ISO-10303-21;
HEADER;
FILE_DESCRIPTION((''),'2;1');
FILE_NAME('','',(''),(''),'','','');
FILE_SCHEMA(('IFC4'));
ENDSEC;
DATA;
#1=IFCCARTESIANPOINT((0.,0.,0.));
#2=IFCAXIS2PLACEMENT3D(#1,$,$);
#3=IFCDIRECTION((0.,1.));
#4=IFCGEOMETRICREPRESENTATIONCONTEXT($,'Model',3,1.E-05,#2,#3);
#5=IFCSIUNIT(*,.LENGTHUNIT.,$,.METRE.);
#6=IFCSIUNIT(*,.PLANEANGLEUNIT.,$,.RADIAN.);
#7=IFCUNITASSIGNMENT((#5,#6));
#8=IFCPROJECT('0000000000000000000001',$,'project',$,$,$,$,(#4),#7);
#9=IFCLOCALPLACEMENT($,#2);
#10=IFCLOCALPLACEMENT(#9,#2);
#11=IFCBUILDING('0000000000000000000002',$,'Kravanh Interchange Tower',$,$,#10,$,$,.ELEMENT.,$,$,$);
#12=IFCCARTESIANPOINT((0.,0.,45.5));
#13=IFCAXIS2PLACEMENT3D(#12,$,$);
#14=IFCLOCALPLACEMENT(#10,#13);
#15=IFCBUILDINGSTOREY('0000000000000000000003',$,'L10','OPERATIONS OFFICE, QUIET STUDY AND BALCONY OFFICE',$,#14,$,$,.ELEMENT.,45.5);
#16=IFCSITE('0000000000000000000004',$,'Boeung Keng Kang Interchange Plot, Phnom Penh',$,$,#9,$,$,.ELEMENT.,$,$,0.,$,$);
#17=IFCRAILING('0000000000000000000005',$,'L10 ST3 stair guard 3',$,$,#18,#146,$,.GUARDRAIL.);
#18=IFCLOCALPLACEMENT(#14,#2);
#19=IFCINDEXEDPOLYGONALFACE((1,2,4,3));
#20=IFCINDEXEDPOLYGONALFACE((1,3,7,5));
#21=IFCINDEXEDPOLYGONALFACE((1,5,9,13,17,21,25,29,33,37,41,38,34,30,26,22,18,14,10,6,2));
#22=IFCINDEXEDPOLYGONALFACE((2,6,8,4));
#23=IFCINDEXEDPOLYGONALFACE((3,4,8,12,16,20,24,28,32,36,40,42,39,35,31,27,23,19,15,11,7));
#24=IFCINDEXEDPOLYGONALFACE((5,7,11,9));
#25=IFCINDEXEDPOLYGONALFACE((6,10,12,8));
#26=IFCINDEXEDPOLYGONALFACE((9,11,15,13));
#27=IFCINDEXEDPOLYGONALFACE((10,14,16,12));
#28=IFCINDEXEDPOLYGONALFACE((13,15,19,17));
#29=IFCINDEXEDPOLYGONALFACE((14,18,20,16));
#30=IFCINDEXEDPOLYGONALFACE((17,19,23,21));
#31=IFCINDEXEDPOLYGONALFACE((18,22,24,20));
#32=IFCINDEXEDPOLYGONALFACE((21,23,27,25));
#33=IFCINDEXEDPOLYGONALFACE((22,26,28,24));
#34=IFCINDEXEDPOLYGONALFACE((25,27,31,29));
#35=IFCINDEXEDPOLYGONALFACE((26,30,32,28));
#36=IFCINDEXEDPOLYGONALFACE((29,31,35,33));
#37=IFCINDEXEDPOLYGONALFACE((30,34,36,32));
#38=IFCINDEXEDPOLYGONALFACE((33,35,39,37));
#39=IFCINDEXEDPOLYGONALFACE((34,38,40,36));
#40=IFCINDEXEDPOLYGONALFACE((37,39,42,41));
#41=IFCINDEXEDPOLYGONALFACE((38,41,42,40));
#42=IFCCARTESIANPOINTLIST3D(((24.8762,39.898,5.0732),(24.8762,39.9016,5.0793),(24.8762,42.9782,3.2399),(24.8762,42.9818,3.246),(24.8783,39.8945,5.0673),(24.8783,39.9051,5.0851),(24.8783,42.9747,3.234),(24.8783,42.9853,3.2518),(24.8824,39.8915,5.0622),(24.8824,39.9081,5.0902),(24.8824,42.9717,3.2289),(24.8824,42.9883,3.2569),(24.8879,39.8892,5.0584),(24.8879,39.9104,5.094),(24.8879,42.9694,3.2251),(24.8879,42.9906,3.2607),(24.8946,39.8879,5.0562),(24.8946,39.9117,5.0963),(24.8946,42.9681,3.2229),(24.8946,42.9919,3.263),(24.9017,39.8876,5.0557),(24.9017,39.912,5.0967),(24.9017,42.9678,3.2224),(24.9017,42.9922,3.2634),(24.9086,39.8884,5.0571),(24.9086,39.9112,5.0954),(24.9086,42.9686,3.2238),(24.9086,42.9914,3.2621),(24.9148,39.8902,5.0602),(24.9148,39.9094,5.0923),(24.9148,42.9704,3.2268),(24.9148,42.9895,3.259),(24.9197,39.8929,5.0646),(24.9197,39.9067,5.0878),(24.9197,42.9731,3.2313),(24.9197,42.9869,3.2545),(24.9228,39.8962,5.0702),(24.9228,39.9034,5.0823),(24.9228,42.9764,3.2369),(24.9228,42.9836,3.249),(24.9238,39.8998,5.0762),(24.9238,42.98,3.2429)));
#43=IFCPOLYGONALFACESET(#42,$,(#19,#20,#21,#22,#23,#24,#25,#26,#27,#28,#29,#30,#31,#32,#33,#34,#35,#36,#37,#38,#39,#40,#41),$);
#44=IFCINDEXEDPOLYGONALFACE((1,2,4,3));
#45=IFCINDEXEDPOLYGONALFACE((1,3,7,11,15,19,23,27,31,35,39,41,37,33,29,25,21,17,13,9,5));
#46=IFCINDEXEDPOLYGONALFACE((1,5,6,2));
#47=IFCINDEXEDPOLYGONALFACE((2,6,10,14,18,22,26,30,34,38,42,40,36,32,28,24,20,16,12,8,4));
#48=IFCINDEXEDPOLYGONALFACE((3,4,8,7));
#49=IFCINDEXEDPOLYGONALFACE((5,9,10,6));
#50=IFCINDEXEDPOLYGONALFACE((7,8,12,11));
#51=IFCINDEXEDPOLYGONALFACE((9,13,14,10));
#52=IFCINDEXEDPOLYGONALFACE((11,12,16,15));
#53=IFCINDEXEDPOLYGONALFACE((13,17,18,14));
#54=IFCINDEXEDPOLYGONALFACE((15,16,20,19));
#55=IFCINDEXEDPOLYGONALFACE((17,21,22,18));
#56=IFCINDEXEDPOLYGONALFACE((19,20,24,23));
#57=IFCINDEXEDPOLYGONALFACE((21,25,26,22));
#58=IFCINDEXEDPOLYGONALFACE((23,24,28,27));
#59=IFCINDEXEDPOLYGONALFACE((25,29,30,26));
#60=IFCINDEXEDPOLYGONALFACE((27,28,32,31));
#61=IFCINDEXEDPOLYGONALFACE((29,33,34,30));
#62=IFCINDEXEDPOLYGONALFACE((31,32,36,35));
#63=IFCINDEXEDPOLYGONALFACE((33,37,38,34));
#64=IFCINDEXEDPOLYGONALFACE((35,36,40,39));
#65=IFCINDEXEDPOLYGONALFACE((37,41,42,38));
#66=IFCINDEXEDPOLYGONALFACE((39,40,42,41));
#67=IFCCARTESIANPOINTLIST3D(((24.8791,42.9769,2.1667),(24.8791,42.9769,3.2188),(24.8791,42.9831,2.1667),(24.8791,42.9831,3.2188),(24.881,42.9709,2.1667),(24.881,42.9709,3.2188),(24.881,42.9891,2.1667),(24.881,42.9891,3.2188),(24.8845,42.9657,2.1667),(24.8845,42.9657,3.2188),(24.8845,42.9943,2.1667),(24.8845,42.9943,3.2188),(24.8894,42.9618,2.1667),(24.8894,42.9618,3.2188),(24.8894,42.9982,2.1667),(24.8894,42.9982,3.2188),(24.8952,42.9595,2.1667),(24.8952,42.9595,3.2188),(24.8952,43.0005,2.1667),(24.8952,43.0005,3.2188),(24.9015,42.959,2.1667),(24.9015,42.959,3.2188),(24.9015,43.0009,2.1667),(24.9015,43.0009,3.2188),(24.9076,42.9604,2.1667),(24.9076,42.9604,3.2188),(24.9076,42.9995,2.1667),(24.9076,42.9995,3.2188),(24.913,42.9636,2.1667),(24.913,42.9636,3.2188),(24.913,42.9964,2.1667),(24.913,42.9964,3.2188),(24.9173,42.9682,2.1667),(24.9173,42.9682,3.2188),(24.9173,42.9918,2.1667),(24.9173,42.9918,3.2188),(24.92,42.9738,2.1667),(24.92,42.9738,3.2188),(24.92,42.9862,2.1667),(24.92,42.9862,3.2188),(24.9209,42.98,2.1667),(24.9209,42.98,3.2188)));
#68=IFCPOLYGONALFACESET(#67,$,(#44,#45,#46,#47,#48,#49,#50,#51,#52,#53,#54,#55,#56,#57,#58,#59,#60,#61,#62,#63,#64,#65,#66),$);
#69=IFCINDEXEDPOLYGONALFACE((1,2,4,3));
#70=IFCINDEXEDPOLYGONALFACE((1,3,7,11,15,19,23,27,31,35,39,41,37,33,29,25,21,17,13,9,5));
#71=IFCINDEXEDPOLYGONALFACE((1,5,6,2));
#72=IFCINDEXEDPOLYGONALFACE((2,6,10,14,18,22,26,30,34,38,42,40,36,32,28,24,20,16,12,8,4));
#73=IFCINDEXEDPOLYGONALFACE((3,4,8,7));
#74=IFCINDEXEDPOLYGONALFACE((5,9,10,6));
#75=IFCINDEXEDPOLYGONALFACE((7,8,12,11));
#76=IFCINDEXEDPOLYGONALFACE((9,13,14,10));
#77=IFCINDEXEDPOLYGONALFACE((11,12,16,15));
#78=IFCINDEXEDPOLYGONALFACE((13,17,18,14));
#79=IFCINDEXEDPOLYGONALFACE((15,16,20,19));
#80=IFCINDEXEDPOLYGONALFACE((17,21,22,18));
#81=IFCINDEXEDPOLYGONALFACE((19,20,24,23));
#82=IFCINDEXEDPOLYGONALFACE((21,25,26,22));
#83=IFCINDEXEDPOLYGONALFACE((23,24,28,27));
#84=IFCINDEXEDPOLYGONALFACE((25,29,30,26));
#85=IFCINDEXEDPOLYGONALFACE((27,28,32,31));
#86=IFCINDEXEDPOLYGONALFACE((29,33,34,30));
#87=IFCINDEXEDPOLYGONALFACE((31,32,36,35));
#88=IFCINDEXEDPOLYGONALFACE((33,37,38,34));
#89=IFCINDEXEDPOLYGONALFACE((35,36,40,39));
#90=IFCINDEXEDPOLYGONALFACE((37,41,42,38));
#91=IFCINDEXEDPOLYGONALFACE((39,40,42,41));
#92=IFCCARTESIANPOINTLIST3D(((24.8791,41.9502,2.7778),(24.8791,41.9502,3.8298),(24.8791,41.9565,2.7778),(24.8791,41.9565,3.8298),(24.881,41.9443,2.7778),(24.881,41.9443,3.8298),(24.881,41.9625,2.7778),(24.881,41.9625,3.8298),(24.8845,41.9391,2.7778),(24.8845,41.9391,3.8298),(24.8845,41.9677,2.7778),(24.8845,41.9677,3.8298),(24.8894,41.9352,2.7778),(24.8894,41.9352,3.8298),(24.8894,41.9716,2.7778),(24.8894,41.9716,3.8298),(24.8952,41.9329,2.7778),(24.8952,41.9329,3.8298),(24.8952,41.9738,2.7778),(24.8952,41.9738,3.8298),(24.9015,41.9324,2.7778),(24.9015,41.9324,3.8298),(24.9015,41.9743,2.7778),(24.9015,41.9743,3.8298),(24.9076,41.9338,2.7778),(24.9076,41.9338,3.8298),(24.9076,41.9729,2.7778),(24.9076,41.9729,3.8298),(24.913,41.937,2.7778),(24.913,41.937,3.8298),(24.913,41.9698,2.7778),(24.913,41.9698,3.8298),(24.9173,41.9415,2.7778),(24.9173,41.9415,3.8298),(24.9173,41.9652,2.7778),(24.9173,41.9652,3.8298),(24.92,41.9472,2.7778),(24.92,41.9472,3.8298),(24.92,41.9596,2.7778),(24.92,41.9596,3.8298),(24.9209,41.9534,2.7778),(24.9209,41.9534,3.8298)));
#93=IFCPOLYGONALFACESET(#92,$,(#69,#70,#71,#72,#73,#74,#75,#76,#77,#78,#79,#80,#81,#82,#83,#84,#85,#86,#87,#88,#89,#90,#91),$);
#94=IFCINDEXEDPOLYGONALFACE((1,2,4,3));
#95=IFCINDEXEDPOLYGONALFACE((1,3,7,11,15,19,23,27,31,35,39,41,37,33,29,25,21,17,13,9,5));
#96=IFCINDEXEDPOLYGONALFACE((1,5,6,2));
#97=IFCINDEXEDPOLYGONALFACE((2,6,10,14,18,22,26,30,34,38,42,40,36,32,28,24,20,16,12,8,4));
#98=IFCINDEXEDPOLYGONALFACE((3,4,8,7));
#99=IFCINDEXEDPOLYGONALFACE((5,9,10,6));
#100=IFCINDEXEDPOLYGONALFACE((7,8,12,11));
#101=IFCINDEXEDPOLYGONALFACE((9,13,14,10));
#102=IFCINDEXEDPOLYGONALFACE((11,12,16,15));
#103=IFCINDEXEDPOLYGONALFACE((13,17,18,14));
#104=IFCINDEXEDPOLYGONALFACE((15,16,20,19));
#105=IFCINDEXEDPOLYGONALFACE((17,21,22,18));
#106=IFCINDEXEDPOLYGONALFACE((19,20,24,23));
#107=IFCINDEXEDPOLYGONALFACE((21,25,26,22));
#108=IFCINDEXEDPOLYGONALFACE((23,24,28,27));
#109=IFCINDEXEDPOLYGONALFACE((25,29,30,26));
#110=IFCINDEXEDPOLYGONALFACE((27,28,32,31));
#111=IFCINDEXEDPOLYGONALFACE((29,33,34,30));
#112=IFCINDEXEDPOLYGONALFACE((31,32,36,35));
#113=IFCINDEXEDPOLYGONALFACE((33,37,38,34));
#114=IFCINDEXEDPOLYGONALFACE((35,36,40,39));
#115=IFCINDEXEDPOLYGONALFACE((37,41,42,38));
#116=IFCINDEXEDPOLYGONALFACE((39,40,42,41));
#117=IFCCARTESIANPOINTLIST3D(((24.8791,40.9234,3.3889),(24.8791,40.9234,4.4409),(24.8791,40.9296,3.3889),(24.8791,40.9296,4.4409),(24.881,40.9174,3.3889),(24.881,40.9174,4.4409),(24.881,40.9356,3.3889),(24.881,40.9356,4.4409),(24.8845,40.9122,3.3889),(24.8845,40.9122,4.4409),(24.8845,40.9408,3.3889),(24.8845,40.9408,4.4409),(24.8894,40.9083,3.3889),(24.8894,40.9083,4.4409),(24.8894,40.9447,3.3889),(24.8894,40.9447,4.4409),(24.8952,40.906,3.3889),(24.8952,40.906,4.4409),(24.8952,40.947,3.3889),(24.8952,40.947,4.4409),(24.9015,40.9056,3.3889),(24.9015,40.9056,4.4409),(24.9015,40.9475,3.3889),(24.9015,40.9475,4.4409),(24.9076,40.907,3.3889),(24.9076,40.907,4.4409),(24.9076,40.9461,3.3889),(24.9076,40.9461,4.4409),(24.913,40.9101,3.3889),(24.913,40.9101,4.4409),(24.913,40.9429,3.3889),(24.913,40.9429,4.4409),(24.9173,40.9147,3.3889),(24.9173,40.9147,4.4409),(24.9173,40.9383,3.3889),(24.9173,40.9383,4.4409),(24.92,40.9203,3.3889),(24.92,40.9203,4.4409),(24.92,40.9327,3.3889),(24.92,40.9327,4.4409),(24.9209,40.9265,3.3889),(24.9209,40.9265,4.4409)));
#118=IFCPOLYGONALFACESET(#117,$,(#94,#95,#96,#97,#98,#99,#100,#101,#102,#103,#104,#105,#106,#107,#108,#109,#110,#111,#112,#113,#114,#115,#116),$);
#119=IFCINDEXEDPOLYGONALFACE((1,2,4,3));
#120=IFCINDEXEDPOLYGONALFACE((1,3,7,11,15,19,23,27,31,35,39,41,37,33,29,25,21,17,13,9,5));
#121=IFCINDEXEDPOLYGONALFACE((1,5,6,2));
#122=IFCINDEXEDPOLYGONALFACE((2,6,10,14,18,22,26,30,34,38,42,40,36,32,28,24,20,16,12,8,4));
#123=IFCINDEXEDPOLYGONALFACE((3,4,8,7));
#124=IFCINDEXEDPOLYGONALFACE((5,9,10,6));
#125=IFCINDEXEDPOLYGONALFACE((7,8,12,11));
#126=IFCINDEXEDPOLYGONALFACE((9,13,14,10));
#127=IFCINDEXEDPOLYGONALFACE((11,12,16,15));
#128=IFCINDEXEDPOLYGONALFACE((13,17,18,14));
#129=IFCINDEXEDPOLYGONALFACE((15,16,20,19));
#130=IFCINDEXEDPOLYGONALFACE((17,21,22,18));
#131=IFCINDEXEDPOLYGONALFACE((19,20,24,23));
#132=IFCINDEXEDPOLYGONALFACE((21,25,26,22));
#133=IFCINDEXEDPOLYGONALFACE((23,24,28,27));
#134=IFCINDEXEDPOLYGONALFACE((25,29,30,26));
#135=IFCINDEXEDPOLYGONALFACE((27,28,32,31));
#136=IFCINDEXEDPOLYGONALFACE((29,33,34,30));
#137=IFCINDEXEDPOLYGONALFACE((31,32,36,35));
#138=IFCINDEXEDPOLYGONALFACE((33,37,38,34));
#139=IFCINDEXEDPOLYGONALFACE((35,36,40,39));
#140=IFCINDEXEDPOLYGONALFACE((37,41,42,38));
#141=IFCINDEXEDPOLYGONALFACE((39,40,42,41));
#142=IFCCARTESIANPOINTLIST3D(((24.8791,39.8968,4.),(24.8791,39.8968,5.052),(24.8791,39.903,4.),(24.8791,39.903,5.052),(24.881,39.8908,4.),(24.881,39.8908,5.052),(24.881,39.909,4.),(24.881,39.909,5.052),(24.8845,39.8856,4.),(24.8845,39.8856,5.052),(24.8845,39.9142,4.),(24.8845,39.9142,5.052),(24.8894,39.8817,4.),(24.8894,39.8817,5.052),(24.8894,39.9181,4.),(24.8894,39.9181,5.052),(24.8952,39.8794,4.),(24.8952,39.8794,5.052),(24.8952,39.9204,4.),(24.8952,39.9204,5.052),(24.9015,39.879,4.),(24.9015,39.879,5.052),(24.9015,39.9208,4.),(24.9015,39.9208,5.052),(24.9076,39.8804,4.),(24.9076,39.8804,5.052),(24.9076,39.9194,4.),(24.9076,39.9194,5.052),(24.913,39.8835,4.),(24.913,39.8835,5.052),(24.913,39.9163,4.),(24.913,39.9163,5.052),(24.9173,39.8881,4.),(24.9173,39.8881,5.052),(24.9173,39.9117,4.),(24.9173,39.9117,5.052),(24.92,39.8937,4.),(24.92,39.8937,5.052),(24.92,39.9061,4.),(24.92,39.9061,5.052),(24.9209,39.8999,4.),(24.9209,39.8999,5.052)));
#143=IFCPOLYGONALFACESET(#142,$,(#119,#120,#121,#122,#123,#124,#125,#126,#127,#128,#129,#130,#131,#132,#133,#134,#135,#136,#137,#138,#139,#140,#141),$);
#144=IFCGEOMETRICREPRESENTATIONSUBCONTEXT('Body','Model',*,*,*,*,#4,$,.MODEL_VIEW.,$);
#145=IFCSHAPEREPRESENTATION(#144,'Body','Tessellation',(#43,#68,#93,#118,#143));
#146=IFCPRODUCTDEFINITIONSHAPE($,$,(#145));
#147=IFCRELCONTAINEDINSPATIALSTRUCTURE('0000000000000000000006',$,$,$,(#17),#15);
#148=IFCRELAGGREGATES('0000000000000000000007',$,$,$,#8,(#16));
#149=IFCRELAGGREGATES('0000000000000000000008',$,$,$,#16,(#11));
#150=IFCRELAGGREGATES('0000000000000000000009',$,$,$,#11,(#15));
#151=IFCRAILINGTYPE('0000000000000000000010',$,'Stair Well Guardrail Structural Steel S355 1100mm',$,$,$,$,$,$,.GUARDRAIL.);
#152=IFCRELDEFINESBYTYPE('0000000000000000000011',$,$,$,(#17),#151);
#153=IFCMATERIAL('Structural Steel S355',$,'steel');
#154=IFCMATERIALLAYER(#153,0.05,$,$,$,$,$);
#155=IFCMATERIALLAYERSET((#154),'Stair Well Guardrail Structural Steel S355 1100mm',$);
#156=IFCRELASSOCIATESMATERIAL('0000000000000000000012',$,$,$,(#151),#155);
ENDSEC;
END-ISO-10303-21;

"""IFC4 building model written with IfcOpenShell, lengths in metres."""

from ifc_helpers import new_model, si_unit, direction, frame, origin, origin_2d, place, context, subcontext, project, spatial, circle, extrude, material, layer, layer_set, type_object, element, save


model = new_model("IFC4")

# Units and contexts
model_context = context("Model", 3, precision=1e-05, world=origin(), true_north=direction((0.0, 1.0)))
body_context = subcontext(model_context, "Body", "Model", "MODEL_VIEW")
ifc_project = project(units=[si_unit("LENGTHUNIT", "METRE"), si_unit("PLANEANGLEUNIT", "RADIAN")], contexts=[model_context])

# Site, building, storey
site_placement = place(None, origin())
site = spatial("IfcSite", under=ifc_project, at=site_placement, Name="Boeung Keng Kang Interchange Plot, Phnom Penh", CompositionType="ELEMENT", RefElevation=0.0)
building_placement = place(site_placement, origin())
building = spatial("IfcBuilding", under=site, at=building_placement, Name="Kravanh Interchange Tower", CompositionType="ELEMENT")
storey_placement = place(building_placement, frame((0.0, 0.0, 45.5)))
storey = spatial("IfcBuildingStorey", under=building, at=storey_placement, Name="L10", Description="OPERATIONS OFFICE, QUIET STUDY AND BALCONY OFFICE", CompositionType="ELEMENT", Elevation=45.5)

# Railing
ifc_material_1 = material(Name="Structural Steel S355", Category="steel")
ifc_layer_1 = layer(ifc_material_1, 0.05)
ifc_layer_set_1 = layer_set([ifc_layer_1], Name="Stair Well Guardrail Structural Steel S355 1100mm")
railing_type_1 = type_object("IfcRailingType", Name="Stair Well Guardrail Structural Steel S355 1100mm", PredefinedType="GUARDRAIL", material=ifc_layer_set_1)
railing_1_placement = place(storey_placement, frame((24.8999, 42.98, 2.1667)))
element("IfcRailing", 1, at=railing_1_placement, inside=storey, type_object=railing_type_1, Name="L10 ST3 stair guard 3", PredefinedType="GUARDRAIL", context=body_context, shape_type="SweptSolid", body=[
    extrude(circle(Radius=0.0239, at=origin_2d()), frame((0.0, 0.0, 1.0762), z_axis=(0.0, -0.859309, 0.511458), x_axis=(1.0, 0.0, 0.0)), (0.0, 0.0, 1.0), 3.5845),
    extrude(circle(Radius=0.021, at=origin_2d()), origin(), (0.0, 0.0, 1.0), 1.052),
    extrude(circle(Radius=0.021, at=origin_2d()), frame((0.0, -1.0266, 0.6111)), (0.0, 0.0, 1.0), 1.052),
    extrude(circle(Radius=0.021, at=origin_2d()), frame((0.0, -2.0535, 1.2222)), (0.0, 0.0, 1.0), 1.052),
    extrude(circle(Radius=0.021, at=origin_2d()), frame((0.0, -3.0801, 1.8333)), (0.0, 0.0, 1.0), 1.052),
])

save(model, "model.ifc")
